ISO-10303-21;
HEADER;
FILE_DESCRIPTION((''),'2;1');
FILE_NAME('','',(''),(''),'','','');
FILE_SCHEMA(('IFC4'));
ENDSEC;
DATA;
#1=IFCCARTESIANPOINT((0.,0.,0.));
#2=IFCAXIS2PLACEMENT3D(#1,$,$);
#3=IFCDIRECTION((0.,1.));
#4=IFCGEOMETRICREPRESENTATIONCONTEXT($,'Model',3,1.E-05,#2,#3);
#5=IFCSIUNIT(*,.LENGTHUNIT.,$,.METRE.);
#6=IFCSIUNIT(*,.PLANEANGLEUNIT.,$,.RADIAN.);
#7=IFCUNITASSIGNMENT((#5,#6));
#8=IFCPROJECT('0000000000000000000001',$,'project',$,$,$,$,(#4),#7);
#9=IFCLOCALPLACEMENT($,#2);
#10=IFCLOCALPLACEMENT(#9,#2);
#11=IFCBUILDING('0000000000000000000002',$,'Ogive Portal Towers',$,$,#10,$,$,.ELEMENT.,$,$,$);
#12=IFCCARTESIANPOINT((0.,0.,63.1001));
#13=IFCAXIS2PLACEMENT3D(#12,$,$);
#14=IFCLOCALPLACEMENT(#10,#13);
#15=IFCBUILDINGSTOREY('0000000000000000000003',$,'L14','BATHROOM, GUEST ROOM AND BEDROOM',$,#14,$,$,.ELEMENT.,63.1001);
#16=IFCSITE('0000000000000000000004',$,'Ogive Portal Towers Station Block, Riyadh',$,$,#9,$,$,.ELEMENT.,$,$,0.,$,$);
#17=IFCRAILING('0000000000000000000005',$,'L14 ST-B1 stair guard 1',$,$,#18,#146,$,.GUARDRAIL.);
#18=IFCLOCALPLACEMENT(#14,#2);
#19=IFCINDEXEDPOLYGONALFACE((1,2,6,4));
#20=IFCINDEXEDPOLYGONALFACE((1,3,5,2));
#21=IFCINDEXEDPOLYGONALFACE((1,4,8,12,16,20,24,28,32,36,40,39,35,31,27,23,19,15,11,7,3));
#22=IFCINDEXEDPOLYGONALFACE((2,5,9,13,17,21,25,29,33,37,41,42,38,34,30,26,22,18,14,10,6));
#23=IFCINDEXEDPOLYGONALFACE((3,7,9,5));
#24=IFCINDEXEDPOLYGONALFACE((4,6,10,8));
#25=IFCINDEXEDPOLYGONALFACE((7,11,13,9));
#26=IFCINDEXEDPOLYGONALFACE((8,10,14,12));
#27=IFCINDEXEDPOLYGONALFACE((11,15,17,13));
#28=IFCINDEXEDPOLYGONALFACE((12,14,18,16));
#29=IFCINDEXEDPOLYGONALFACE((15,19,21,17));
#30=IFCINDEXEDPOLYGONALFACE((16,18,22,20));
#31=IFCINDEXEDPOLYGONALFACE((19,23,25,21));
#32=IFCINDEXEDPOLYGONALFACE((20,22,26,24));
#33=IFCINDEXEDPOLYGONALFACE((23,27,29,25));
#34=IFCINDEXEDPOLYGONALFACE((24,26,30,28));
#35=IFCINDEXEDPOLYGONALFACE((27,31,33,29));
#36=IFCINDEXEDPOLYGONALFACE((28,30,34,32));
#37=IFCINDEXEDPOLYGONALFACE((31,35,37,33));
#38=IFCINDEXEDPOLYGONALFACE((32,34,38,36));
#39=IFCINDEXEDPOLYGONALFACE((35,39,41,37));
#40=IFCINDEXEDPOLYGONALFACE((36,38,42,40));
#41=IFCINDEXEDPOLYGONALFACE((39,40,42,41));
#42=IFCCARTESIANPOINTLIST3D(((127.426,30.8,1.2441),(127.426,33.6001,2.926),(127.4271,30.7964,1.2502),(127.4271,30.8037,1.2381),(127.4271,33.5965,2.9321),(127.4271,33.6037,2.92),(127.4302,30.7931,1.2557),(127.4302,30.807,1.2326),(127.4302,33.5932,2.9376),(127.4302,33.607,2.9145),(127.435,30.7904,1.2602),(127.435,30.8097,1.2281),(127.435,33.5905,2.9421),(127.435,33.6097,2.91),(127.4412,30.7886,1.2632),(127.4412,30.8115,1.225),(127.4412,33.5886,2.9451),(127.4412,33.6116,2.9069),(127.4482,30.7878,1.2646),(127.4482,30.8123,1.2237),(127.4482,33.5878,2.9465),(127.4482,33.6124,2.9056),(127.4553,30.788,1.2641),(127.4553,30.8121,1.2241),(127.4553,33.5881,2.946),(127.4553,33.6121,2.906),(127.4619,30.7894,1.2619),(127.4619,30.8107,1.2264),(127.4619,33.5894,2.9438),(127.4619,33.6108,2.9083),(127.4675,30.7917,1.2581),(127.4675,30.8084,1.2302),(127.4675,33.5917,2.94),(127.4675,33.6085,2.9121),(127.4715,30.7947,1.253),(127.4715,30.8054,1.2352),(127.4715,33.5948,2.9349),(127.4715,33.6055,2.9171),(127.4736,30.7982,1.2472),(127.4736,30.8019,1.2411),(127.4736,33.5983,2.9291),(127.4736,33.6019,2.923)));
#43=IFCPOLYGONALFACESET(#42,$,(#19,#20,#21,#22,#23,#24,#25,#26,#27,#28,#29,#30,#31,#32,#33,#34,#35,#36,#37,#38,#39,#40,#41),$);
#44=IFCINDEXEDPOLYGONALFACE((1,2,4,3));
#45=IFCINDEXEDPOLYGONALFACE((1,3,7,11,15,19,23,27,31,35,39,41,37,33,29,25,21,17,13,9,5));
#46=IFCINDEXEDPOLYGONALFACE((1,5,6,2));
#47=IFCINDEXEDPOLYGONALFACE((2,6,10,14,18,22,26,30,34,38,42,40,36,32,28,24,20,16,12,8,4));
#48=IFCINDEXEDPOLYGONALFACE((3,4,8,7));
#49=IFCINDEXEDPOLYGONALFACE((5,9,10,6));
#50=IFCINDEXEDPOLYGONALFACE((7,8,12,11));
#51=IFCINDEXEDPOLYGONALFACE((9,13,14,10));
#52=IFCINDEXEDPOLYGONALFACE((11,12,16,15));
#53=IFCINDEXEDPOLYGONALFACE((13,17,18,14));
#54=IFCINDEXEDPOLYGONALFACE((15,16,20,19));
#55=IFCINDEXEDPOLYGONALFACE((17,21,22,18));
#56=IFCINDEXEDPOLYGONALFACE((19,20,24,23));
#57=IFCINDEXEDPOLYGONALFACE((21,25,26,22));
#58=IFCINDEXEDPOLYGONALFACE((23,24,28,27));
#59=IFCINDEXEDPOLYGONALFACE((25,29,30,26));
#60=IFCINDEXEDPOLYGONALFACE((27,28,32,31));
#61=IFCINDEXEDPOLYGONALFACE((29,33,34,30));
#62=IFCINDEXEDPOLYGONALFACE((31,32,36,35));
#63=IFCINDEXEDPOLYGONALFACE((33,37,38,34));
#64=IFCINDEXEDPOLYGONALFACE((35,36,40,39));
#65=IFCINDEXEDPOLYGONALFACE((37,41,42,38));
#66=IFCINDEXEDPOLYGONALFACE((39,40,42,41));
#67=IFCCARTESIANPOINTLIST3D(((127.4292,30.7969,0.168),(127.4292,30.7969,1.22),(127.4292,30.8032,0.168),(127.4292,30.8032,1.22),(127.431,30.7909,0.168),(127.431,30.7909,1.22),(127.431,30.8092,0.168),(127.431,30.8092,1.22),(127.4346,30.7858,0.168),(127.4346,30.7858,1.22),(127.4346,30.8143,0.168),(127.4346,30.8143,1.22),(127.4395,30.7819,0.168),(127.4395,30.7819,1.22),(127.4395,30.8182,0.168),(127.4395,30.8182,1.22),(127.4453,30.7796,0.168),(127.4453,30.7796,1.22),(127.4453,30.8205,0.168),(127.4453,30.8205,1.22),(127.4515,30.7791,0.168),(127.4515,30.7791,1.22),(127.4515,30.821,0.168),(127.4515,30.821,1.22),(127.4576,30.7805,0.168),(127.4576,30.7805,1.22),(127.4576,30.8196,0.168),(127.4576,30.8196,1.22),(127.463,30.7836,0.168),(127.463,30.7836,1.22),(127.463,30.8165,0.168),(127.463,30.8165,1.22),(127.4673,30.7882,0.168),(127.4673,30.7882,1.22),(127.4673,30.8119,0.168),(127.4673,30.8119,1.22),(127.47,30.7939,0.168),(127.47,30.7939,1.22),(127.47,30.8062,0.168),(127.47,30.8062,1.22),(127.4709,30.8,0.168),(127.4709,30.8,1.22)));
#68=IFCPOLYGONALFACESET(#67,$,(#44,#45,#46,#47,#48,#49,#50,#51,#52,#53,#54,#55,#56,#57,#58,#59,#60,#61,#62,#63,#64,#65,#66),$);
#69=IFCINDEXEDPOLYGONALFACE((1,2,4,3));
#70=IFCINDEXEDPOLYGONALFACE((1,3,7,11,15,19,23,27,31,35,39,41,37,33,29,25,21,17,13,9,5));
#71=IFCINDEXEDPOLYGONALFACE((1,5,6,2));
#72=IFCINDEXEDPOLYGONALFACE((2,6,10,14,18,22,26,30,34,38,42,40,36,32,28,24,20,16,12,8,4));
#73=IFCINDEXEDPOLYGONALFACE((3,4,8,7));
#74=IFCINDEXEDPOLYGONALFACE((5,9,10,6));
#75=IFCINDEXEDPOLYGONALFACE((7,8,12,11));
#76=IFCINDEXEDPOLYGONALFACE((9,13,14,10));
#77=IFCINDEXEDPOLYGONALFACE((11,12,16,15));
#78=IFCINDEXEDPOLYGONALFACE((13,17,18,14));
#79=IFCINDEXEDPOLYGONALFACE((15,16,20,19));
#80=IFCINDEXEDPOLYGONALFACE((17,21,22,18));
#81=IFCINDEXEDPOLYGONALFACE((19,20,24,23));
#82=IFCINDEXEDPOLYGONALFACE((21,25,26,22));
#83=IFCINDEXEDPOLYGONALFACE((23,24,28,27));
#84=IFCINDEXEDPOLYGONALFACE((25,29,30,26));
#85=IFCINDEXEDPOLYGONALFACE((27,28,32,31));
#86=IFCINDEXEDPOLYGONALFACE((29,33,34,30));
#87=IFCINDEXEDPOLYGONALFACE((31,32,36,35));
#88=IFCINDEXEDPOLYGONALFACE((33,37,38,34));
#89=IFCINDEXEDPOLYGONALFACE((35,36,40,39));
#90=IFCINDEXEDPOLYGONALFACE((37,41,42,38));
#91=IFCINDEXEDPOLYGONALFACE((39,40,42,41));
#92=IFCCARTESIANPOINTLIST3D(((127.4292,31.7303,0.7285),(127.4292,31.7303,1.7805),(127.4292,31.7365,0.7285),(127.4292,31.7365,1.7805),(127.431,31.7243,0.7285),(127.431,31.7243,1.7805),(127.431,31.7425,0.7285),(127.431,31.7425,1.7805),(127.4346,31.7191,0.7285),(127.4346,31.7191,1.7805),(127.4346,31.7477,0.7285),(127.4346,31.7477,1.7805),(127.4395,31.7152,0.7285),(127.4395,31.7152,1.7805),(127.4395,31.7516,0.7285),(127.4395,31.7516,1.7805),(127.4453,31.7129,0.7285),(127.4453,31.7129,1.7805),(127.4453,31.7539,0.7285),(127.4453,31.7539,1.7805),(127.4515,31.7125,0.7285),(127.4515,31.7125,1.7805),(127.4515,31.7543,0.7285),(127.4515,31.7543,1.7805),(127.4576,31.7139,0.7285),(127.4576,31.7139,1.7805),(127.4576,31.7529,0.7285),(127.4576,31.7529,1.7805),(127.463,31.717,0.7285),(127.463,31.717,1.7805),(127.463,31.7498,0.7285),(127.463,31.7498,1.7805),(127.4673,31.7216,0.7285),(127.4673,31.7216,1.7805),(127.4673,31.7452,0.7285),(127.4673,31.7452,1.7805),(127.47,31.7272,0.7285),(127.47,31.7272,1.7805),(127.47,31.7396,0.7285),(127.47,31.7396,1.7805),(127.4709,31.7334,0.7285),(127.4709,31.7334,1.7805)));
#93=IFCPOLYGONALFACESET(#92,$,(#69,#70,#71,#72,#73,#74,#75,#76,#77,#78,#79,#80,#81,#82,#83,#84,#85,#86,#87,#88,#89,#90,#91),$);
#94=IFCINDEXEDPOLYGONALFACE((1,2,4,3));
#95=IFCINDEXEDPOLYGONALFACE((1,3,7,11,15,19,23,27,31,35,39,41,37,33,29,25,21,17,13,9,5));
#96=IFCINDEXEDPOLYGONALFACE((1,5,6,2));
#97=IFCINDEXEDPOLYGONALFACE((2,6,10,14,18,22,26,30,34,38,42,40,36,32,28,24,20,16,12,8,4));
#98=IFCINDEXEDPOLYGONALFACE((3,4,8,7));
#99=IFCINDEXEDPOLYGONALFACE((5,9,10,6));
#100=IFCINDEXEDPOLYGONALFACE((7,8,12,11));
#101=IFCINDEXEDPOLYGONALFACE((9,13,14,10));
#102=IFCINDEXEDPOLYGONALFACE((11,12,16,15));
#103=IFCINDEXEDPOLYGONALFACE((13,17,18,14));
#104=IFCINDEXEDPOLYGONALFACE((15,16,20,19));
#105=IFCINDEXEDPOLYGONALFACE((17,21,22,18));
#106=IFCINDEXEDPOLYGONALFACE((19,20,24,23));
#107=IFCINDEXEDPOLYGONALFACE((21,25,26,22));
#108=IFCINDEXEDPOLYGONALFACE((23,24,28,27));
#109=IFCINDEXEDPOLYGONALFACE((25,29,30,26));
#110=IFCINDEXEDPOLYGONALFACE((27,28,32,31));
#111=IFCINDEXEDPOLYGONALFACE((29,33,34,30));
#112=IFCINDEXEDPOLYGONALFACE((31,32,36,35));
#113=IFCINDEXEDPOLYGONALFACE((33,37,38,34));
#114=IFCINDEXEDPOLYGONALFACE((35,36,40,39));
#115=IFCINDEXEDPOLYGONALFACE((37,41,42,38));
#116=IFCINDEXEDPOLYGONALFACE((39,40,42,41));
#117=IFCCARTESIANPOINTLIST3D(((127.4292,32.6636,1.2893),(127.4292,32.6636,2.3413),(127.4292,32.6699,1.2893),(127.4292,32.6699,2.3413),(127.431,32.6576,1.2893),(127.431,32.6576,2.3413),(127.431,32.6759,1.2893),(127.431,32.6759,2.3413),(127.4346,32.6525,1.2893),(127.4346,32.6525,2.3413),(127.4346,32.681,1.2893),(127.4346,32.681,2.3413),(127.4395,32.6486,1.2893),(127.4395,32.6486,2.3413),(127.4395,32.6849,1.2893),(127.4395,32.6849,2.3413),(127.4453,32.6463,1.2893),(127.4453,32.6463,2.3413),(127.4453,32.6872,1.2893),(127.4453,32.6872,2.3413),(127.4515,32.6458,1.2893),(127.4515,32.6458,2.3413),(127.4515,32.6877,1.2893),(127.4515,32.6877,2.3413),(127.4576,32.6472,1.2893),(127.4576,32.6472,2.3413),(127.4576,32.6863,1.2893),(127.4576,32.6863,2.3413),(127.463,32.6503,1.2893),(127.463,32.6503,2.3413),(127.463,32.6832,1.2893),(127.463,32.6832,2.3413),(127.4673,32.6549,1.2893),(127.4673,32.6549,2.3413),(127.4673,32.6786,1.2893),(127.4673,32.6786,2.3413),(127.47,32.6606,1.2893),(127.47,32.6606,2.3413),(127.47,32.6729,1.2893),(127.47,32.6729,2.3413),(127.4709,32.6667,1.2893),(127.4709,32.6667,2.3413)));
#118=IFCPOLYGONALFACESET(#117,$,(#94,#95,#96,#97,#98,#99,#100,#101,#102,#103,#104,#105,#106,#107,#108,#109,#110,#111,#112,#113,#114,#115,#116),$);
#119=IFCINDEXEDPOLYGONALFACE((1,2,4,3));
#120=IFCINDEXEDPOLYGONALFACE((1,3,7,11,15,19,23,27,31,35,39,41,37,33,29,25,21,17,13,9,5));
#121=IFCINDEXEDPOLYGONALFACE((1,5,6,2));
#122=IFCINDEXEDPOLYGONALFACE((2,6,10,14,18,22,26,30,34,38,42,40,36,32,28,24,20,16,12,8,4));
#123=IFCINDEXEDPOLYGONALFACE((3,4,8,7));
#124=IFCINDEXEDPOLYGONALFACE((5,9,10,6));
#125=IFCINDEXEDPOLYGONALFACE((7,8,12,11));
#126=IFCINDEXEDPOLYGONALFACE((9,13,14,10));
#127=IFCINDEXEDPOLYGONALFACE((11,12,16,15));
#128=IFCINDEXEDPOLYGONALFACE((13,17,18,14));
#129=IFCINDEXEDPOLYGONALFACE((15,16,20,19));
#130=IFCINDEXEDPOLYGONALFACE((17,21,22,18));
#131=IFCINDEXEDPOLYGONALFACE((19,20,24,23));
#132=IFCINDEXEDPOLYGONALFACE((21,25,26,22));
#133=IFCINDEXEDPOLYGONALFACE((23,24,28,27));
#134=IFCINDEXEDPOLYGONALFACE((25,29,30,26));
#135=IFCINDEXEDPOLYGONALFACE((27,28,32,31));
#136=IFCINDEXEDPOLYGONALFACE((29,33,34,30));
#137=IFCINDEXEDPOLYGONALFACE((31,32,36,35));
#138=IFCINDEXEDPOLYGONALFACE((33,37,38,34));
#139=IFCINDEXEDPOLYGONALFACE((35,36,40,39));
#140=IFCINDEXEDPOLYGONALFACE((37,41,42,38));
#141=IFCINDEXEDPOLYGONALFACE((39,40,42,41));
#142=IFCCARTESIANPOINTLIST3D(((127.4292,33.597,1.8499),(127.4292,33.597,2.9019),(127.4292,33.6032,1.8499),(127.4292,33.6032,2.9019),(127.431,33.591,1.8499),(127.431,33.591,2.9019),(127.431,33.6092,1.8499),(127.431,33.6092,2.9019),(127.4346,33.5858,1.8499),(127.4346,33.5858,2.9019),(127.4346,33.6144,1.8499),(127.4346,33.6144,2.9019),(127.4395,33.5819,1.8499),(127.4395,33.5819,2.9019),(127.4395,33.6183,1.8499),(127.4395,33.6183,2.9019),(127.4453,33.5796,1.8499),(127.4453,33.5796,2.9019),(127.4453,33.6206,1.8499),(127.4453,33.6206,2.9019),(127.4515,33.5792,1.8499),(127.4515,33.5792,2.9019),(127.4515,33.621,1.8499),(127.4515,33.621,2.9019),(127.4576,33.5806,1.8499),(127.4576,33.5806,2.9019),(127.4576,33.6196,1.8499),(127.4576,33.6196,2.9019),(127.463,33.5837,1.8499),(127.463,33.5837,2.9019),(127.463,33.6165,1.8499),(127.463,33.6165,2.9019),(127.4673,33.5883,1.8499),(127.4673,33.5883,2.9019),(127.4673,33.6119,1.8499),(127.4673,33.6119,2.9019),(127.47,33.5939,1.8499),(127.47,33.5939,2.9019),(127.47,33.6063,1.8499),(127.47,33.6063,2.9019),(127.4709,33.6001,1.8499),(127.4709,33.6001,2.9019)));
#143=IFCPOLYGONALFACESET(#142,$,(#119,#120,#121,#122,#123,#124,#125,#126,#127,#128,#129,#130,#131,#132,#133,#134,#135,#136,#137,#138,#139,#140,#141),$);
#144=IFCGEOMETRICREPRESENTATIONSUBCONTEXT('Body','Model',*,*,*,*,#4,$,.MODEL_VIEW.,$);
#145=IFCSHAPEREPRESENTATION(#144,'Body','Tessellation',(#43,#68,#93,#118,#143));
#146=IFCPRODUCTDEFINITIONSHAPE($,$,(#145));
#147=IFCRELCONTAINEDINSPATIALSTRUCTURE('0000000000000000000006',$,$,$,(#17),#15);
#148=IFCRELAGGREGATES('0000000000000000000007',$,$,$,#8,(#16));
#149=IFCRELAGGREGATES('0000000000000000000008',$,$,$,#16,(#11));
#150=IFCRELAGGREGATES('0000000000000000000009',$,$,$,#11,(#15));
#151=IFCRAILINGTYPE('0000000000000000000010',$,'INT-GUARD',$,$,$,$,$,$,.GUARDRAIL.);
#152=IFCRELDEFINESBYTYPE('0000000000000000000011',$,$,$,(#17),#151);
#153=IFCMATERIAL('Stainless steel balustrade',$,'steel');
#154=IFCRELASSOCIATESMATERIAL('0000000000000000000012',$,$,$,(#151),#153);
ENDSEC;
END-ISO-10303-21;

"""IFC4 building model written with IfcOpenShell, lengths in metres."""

from ifc_helpers import new_model, si_unit, direction, frame, origin, origin_2d, place, context, subcontext, project, spatial, circle, extrude, material, type_object, element, save


model = new_model("IFC4")

# Units and contexts
model_context = context("Model", 3, precision=1e-05, world=origin(), true_north=direction((0.0, 1.0)))
body_context = subcontext(model_context, "Body", "Model", "MODEL_VIEW")
ifc_project = project(units=[si_unit("LENGTHUNIT", "METRE"), si_unit("PLANEANGLEUNIT", "RADIAN")], contexts=[model_context])

# Site, building, storey
site_placement = place(None, origin())
site = spatial("IfcSite", under=ifc_project, at=site_placement, Name="Ogive Portal Towers Station Block, Riyadh", CompositionType="ELEMENT", RefElevation=0.0)
building_placement = place(site_placement, origin())
building = spatial("IfcBuilding", under=site, at=building_placement, Name="Ogive Portal Towers", CompositionType="ELEMENT")
storey_placement = place(building_placement, frame((0.0, 0.0, 63.1001)))
storey = spatial("IfcBuildingStorey", under=building, at=storey_placement, Name="L14", Description="BATHROOM, GUEST ROOM AND BEDROOM", CompositionType="ELEMENT", Elevation=63.1001)

# Railing
ifc_material_1 = material(Name="Stainless steel balustrade", Category="steel")
railing_type_1 = type_object("IfcRailingType", Name="INT-GUARD", PredefinedType="GUARDRAIL", material=ifc_material_1)
railing_1_placement = place(storey_placement, frame((127.45, 30.8, 0.168)))
element("IfcRailing", 1, at=railing_1_placement, inside=storey, type_object=railing_type_1, Name="L14 ST-B1 stair guard 1", PredefinedType="GUARDRAIL", context=body_context, shape_type="SweptSolid", body=[
    extrude(circle(Radius=0.0239, at=origin_2d()), frame((0.0, 0.0, 1.0762), z_axis=(0.0, 0.857242, 0.514913), x_axis=(-1.0, 0.0, 0.0)), (0.0, 0.0, 1.0), 3.2664),
    extrude(circle(Radius=0.021, at=origin_2d()), origin(), (0.0, 0.0, 1.0), 1.052),
    extrude(circle(Radius=0.021, at=origin_2d()), frame((0.0, 0.9333, 0.5605)), (0.0, 0.0, 1.0), 1.052),
    extrude(circle(Radius=0.021, at=origin_2d()), frame((0.0, 1.8667, 1.1213)), (0.0, 0.0, 1.0), 1.052),
    extrude(circle(Radius=0.021, at=origin_2d()), frame((0.0, 2.8, 1.6819)), (0.0, 0.0, 1.0), 1.052),
])

save(model, "model.ifc")
